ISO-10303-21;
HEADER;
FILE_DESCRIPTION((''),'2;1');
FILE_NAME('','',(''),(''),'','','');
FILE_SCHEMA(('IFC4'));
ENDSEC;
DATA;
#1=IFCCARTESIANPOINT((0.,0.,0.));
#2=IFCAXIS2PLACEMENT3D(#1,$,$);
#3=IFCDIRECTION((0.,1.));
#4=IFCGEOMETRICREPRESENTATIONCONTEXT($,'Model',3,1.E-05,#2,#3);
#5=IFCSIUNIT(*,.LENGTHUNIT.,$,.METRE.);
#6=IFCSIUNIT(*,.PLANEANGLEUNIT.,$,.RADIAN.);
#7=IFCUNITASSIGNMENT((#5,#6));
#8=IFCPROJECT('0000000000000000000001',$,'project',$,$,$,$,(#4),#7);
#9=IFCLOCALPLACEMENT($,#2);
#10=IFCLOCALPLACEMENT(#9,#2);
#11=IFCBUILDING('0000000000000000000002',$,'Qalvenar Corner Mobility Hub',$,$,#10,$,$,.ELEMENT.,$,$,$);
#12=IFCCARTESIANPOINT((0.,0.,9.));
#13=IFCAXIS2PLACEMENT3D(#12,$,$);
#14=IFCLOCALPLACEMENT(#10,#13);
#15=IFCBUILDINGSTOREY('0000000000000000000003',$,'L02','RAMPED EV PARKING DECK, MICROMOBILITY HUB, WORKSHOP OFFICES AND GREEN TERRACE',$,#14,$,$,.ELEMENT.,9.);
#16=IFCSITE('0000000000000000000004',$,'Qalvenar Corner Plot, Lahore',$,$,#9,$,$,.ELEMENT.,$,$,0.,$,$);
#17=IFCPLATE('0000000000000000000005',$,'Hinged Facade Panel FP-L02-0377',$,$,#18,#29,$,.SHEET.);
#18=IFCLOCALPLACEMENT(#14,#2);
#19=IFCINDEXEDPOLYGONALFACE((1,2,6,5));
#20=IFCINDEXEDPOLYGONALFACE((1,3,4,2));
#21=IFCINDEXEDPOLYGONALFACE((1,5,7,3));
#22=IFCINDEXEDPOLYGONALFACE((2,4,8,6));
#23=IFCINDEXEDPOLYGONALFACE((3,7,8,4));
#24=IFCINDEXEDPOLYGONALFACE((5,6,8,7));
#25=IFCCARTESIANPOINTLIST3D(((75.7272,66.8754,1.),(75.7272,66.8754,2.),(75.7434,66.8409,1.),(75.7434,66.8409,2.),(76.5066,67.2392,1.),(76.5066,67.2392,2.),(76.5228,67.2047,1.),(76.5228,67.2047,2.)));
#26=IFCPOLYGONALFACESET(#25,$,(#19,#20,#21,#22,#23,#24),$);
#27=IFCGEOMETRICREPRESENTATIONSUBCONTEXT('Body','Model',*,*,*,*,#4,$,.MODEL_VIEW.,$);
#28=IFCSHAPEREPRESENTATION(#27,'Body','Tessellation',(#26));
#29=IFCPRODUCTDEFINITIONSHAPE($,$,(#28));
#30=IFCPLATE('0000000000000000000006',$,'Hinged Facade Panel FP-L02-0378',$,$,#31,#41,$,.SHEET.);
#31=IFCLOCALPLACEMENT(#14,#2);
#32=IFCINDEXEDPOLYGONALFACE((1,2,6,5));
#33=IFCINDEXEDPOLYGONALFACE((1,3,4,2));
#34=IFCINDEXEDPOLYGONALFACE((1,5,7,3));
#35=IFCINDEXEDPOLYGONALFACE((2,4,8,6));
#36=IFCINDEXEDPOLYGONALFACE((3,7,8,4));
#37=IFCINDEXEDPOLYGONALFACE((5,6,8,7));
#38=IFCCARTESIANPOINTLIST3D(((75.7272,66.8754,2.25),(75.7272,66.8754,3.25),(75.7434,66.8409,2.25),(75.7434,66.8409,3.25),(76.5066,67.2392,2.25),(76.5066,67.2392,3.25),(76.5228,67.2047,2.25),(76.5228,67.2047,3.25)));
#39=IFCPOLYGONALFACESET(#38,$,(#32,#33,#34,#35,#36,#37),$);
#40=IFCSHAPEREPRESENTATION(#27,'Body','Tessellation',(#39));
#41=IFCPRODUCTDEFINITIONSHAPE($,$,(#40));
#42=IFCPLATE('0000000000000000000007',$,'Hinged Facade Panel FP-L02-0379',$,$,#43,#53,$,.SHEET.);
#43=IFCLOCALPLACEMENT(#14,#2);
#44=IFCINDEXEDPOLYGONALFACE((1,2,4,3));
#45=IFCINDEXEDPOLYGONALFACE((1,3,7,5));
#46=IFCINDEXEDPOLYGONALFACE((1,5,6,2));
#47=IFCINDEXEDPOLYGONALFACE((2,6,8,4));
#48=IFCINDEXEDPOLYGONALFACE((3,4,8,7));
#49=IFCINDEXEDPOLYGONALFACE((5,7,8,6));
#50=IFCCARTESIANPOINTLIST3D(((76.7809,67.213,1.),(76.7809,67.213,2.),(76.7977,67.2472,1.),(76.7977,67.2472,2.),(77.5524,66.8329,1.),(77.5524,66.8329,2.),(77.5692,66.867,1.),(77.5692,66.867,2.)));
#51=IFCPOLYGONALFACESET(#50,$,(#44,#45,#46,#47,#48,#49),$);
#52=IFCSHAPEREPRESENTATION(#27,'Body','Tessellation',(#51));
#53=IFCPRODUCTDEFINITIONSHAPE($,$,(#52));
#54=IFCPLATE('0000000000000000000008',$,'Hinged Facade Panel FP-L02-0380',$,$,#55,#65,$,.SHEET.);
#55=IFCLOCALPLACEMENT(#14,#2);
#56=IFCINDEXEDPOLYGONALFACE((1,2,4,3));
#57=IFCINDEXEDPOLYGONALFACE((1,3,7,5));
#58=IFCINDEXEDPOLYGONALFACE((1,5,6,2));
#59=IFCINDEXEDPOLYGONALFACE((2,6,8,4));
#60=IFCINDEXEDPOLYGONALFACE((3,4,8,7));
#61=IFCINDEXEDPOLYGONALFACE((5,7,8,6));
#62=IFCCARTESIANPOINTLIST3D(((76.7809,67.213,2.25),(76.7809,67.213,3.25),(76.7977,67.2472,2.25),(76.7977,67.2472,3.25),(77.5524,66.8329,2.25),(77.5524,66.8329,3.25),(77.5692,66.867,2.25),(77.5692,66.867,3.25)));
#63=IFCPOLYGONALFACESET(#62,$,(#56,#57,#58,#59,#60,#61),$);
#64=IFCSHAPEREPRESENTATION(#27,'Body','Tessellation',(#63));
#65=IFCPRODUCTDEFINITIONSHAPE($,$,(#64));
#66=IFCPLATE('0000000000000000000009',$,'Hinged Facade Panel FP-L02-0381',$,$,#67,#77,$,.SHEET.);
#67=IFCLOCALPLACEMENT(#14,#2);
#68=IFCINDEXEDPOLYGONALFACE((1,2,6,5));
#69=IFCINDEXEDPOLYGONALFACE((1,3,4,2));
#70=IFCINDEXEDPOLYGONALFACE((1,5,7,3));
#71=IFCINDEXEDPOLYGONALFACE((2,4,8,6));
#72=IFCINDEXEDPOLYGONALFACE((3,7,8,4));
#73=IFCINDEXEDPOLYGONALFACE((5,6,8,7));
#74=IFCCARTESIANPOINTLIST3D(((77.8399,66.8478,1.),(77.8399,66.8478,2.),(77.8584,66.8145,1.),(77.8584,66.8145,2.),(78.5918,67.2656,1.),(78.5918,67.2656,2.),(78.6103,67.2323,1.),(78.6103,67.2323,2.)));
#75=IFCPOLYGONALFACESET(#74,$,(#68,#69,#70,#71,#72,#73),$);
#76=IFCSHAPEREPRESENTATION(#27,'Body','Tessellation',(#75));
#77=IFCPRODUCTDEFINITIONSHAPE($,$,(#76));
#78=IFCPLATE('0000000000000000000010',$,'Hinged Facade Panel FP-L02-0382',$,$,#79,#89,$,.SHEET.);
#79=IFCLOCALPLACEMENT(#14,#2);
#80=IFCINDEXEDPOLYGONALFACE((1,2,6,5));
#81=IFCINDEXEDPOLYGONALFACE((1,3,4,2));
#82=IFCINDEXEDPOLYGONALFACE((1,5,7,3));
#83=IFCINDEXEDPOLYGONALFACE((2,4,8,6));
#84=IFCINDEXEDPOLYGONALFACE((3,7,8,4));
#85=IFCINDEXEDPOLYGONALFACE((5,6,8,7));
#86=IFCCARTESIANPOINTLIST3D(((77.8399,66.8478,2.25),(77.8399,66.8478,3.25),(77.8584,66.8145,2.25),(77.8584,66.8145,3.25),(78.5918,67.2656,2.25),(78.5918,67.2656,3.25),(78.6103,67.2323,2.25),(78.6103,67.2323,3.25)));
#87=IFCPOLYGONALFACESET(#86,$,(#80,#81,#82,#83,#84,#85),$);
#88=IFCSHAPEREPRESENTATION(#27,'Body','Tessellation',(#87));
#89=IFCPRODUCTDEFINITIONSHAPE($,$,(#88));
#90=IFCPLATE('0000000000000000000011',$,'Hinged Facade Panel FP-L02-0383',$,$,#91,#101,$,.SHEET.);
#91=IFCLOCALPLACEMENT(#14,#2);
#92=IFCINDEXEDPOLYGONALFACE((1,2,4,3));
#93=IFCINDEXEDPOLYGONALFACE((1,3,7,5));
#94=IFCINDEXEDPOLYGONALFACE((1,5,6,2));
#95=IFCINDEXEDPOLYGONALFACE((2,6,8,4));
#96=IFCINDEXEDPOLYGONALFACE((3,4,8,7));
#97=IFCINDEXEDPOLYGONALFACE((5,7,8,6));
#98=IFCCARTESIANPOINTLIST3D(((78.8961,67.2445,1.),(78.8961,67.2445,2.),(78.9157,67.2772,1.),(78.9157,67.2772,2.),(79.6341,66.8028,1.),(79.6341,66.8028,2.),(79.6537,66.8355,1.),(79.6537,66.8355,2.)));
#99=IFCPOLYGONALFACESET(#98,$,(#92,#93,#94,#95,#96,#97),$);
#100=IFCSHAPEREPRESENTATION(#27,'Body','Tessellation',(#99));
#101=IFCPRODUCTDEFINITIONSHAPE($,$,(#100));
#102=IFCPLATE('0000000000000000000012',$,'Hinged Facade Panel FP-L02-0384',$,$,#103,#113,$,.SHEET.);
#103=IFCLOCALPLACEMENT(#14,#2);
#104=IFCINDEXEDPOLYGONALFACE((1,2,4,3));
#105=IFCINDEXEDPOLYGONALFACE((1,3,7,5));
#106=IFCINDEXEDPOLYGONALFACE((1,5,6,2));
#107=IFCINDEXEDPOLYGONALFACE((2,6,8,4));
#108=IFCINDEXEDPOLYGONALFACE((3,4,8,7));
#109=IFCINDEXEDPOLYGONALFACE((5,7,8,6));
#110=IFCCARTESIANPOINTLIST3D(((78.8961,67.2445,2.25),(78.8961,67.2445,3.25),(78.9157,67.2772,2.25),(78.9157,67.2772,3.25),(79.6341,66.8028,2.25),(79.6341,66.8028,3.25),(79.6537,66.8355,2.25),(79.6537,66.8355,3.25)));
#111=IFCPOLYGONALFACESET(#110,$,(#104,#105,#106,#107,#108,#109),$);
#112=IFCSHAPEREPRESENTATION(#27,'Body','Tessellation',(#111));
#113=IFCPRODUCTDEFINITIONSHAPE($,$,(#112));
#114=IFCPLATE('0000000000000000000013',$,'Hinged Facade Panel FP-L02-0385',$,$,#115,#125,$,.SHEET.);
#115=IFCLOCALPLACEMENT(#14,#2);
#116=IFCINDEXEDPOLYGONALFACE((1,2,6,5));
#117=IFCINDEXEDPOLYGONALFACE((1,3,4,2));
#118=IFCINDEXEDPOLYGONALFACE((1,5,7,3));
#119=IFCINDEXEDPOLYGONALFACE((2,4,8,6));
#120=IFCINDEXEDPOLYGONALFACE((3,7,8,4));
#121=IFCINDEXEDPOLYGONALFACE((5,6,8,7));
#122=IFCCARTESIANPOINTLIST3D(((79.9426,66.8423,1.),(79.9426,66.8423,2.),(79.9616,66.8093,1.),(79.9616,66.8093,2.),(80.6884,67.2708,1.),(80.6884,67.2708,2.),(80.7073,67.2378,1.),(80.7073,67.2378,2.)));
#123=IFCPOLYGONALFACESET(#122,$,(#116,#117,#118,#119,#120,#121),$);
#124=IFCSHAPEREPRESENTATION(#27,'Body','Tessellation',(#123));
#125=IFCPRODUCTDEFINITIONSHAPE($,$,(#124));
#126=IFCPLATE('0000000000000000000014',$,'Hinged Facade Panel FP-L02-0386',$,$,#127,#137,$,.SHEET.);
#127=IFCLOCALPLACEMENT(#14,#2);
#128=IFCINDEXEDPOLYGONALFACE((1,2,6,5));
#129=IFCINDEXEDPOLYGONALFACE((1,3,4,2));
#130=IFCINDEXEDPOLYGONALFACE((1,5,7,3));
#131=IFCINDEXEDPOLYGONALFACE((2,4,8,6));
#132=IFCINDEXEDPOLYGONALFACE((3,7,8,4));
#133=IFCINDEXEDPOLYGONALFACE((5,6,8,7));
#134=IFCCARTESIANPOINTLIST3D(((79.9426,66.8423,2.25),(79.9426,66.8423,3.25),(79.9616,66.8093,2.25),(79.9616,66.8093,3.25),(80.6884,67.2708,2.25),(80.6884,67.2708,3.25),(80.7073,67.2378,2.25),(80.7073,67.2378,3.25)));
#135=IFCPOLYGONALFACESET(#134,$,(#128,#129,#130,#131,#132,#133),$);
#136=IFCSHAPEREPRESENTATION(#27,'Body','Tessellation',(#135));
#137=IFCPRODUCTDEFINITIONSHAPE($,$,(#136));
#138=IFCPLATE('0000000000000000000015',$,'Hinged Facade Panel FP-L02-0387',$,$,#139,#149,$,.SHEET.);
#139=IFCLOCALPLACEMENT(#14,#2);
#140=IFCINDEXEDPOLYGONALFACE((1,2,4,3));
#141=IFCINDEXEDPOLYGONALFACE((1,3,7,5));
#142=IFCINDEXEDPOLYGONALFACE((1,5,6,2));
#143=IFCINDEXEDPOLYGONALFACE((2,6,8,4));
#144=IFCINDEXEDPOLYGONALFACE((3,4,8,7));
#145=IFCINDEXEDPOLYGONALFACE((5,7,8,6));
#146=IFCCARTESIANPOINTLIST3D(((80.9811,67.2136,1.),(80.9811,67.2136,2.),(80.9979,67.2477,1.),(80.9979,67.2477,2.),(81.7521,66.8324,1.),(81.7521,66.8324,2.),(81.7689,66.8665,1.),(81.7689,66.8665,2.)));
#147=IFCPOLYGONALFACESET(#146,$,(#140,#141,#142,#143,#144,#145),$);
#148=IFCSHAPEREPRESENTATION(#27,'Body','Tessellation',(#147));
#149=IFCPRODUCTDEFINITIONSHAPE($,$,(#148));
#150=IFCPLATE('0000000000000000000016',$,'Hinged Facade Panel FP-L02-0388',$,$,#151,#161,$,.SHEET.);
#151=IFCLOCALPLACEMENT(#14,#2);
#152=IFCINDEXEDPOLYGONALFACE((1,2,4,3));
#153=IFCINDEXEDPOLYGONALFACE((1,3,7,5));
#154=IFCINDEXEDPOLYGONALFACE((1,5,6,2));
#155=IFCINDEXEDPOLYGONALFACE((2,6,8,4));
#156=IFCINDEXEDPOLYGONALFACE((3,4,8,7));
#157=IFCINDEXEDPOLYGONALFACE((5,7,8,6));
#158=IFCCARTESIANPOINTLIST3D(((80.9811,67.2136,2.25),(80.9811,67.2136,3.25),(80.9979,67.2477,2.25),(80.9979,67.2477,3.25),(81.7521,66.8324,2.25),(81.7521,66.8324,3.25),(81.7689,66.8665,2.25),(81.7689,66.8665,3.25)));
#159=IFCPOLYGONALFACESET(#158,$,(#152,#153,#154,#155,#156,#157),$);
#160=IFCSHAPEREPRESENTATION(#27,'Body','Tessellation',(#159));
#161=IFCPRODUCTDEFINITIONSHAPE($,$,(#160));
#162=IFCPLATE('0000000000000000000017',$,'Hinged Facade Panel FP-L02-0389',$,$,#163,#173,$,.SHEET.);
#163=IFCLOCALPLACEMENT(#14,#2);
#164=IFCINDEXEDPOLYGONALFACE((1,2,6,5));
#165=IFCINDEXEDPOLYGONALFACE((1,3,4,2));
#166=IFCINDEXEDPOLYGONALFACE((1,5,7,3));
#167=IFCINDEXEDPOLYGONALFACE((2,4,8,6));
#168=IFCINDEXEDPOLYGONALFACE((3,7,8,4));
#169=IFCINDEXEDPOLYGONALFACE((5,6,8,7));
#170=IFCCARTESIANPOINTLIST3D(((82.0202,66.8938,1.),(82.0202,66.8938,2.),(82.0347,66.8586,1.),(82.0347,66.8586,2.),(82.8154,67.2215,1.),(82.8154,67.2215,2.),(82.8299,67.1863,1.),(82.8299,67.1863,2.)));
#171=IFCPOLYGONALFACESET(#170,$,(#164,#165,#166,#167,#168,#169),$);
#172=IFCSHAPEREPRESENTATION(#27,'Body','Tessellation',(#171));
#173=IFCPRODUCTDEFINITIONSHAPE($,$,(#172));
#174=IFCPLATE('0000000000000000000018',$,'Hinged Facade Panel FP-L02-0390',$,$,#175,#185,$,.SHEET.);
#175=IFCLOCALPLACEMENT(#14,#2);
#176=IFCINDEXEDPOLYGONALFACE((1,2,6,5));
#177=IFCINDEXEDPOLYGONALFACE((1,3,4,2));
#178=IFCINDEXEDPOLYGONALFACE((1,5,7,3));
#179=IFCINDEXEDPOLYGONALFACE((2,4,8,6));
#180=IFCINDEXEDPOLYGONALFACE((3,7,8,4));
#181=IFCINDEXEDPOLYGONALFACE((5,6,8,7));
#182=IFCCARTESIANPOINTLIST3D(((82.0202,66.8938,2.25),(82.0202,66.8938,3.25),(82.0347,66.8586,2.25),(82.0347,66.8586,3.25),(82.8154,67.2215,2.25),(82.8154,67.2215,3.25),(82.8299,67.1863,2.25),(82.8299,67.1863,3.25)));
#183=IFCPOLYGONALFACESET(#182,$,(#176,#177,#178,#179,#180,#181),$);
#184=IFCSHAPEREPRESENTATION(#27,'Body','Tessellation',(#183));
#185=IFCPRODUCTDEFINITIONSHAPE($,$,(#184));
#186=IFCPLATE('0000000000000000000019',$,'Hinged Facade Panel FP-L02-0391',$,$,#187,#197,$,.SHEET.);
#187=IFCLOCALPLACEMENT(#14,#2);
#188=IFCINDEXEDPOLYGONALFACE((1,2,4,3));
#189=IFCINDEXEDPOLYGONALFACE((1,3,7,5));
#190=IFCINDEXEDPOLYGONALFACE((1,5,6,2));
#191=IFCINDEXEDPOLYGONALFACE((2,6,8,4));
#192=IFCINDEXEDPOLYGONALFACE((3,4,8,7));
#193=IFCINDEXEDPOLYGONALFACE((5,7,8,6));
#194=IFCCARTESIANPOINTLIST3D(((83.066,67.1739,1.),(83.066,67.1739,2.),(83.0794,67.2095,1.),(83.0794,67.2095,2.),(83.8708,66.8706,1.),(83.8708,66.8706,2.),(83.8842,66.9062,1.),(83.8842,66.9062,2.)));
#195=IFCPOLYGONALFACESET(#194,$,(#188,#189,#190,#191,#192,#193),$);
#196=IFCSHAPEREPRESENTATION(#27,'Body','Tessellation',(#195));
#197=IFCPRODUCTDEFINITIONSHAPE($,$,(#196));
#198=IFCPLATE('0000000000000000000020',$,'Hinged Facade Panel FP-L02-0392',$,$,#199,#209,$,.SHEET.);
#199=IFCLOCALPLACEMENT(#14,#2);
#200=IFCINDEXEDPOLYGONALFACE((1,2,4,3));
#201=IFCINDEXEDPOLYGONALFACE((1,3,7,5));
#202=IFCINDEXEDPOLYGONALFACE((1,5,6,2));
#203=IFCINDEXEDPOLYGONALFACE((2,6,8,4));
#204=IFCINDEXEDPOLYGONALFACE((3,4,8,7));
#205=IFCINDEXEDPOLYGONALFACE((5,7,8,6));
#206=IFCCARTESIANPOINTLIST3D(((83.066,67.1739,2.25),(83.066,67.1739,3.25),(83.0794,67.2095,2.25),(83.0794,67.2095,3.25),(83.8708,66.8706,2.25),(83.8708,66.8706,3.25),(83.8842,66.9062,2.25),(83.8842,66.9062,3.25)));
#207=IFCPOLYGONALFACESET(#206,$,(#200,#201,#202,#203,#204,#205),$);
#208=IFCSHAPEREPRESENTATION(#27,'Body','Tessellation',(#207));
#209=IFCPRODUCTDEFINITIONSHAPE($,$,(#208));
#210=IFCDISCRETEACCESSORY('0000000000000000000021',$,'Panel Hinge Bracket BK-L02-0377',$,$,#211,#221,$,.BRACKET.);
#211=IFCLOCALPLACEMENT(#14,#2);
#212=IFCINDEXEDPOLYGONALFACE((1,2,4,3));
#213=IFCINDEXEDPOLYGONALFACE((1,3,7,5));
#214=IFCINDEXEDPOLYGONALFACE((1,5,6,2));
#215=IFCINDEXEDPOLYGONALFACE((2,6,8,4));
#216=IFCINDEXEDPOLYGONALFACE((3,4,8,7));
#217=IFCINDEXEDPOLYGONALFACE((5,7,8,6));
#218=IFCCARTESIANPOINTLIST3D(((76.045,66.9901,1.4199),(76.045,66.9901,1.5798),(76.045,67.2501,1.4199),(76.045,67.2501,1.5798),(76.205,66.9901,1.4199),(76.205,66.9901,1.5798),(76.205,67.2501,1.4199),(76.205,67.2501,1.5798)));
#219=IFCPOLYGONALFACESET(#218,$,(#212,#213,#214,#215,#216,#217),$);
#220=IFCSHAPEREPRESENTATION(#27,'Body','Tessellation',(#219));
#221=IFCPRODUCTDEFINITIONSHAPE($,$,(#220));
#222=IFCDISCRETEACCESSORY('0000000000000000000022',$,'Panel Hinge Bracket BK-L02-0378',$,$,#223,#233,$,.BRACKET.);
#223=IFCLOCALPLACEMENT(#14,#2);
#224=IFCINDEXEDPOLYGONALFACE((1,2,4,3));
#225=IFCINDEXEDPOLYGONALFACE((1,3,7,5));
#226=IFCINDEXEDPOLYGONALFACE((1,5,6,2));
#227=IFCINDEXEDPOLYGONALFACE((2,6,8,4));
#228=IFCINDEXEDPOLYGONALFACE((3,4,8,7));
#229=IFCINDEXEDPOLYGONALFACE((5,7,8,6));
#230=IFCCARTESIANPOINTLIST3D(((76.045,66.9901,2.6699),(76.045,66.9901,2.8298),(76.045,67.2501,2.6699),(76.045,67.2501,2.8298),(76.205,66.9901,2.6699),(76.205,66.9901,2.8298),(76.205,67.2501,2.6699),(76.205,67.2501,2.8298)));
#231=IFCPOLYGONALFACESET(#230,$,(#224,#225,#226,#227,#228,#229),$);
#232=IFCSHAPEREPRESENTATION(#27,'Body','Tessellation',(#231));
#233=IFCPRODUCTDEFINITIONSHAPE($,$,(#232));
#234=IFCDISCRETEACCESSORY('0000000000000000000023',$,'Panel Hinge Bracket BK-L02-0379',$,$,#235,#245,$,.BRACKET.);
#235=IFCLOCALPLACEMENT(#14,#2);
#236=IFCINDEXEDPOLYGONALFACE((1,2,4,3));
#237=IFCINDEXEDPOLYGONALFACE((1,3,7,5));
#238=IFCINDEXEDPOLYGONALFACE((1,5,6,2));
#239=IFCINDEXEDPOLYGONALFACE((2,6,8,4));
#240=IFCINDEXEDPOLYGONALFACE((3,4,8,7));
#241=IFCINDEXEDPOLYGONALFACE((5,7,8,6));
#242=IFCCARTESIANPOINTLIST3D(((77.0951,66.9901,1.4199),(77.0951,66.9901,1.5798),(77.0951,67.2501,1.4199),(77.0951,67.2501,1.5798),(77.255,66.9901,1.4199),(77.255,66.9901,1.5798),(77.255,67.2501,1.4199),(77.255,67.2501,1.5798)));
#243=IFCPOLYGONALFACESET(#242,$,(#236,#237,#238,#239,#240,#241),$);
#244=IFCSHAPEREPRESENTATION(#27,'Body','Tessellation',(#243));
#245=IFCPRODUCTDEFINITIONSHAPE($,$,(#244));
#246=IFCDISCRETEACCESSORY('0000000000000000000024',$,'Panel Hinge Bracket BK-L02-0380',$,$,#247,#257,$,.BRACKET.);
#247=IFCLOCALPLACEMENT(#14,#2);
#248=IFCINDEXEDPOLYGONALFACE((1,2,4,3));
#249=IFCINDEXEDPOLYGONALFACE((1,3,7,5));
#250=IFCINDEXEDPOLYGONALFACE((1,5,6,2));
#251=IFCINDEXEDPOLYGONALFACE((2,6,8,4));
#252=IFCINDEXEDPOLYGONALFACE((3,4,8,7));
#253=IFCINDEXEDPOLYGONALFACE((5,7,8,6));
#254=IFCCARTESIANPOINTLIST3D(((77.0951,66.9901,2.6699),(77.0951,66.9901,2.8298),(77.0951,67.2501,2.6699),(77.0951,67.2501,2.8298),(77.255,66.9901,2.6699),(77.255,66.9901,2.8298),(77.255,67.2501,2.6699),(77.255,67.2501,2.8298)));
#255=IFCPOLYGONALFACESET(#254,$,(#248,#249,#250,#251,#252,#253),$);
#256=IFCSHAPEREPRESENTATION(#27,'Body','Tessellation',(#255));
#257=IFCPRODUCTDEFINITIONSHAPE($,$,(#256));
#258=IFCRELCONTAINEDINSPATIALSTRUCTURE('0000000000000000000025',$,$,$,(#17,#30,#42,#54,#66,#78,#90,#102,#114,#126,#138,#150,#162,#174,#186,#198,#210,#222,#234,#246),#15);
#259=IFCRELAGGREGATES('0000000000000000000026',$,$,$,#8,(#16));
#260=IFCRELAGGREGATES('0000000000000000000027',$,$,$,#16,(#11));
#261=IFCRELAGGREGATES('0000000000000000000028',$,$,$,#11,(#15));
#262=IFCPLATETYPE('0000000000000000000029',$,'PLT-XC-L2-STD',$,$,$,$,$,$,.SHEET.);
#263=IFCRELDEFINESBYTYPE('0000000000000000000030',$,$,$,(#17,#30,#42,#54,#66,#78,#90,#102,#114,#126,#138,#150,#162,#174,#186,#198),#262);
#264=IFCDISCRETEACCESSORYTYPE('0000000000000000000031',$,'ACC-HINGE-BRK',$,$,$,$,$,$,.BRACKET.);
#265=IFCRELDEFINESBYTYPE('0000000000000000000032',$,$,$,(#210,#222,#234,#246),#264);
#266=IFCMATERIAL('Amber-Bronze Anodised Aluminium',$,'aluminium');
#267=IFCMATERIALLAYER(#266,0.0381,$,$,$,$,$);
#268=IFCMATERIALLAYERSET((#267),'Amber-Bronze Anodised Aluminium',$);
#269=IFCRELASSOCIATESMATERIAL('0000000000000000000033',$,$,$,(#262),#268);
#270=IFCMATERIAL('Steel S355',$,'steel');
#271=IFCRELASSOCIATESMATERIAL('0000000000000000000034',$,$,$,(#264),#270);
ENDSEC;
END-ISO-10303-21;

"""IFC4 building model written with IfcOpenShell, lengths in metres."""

from ifc_helpers import new_model, si_unit, direction, frame, origin, origin_2d, place, context, subcontext, project, spatial, rectangle, extrude, material, layer, layer_set, type_object, element, save


model = new_model("IFC4")

# Units and contexts
model_context = context("Model", 3, precision=1e-05, world=origin(), true_north=direction((0.0, 1.0)))
body_context = subcontext(model_context, "Body", "Model", "MODEL_VIEW")
ifc_project = project(units=[si_unit("LENGTHUNIT", "METRE"), si_unit("PLANEANGLEUNIT", "RADIAN")], contexts=[model_context])

# Site, building, storey
site_placement = place(None, origin())
site = spatial("IfcSite", under=ifc_project, at=site_placement, Name="Qalvenar Corner Plot, Lahore", CompositionType="ELEMENT", RefElevation=0.0)
building_placement = place(site_placement, origin())
building = spatial("IfcBuilding", under=site, at=building_placement, Name="Qalvenar Corner Mobility Hub", CompositionType="ELEMENT")
storey_placement = place(building_placement, frame((0.0, 0.0, 9.0)))
storey = spatial("IfcBuildingStorey", under=building, at=storey_placement, Name="L02", Description="RAMPED EV PARKING DECK, MICROMOBILITY HUB, WORKSHOP OFFICES AND GREEN TERRACE", CompositionType="ELEMENT", Elevation=9.0)

# Plates
ifc_material_1 = material(Name="Amber-Bronze Anodised Aluminium", Category="aluminium")
ifc_layer = layer(ifc_material_1, 0.0381)
ifc_layer_set = layer_set([ifc_layer], Name="Amber-Bronze Anodised Aluminium")
plate_type = type_object("IfcPlateType", Name="PLT-XC-L2-STD", PredefinedType="SHEET", material=ifc_layer_set)
for number, where, z_axis, x_axis, name in (
    (1, (76.125, 67.04, 1.0), (0.0, 0.0, 1.0), (0.90616, 0.422935, 0.0), "Hinged Facade Panel FP-L02-0377"),
    (2, (76.125, 67.04, 2.25), (0.0, 0.0, 1.0), (0.90616, 0.422935, 0.0), "Hinged Facade Panel FP-L02-0378"),
    (3, (77.175, 67.04, 1.0), (0.0, 0.0, 1.0), (0.897027, -0.441976, 0.0), "Hinged Facade Panel FP-L02-0379"),
    (4, (77.175, 67.04, 2.25), (0.0, 0.0, 1.0), (0.897027, -0.441976, 0.0), "Hinged Facade Panel FP-L02-0380"),
    (5, (78.2251, 67.04, 1.0), (0.0, 0.0, 1.0), (0.874112, 0.485725, 0.0), "Hinged Facade Panel FP-L02-0381"),
    (6, (78.2251, 67.04, 2.25), (0.0, 0.0, 1.0), (0.874112, 0.485725, 0.0), "Hinged Facade Panel FP-L02-0382"),
    (7, (79.2749, 67.04, 1.0), (0.0, 0.0, 1.0), (0.858065, -0.513541, 0.0), "Hinged Facade Panel FP-L02-0383"),
    (8, (79.2749, 67.04, 2.25), (0.0, 0.0, 1.0), (0.858065, -0.513541, 0.0), "Hinged Facade Panel FP-L02-0384"),
    (9, (80.325, 67.04, 1.0), (0.0, 0.0, 1.0), (0.867071, 0.498185, 0.0), "Hinged Facade Panel FP-L02-0385"),
    (10, (80.325, 67.04, 2.25), (0.0, 0.0, 1.0), (0.867071, 0.498185, 0.0), "Hinged Facade Panel FP-L02-0386"),
    (11, (81.375, 67.04, 1.0), (0.0, 0.0, 1.0), (0.896409, -0.443228, 0.0), "Hinged Facade Panel FP-L02-0387"),
    (12, (81.375, 67.04, 2.25), (0.0, 0.0, 1.0), (0.896409, -0.443228, 0.0), "Hinged Facade Panel FP-L02-0388"),
    (13, (82.425, 67.04, 1.0), (0.0, 0.0, 1.0), (0.924546, 0.38107, 0.0), "Hinged Facade Panel FP-L02-0389"),
    (14, (82.425, 67.04, 2.25), (0.0, 0.0, 1.0), (0.924546, 0.38107, 0.0), "Hinged Facade Panel FP-L02-0390"),
    (15, (83.4751, 67.04, 1.0), (0.0, 0.0, 1.0), (0.935752, -0.352658, 0.0), "Hinged Facade Panel FP-L02-0391"),
    (16, (83.4751, 67.04, 2.25), (0.0, 0.0, 1.0), (0.935752, -0.352658, 0.0), "Hinged Facade Panel FP-L02-0392"),
):
    element("IfcPlate", number, at=place(storey_placement, frame(where, z_axis=z_axis, x_axis=x_axis)), inside=storey, type_object=plate_type, Name=name, PredefinedType="SHEET", context=body_context, shape_type="SweptSolid", body=[
        extrude(rectangle(XDim=0.8601, YDim=0.0381, at=origin_2d()), origin(), (0.0, 0.0, 1.0), 1.0),
    ])

# Discrete accessories
ifc_material_2 = material(Name="Steel S355", Category="steel")
discrete_accessory_type = type_object("IfcDiscreteAccessoryType", Name="ACC-HINGE-BRK", PredefinedType="BRACKET", material=ifc_material_2)
for number, where, z_axis, x_axis, name in (
    (17, (76.125, 67.1201, 1.4199), (0.0, 0.0, 1.0), (1.0, 0.0, 0.0), "Panel Hinge Bracket BK-L02-0377"),
    (18, (76.125, 67.1201, 2.6699), (0.0, 0.0, 1.0), (1.0, 0.0, 0.0), "Panel Hinge Bracket BK-L02-0378"),
    (19, (77.175, 67.1201, 1.4199), (0.0, 0.0, 1.0), (1.0, 0.0, 0.0), "Panel Hinge Bracket BK-L02-0379"),
    (20, (77.175, 67.1201, 2.6699), (0.0, 0.0, 1.0), (1.0, 0.0, 0.0), "Panel Hinge Bracket BK-L02-0380"),
):
    element("IfcDiscreteAccessory", number, at=place(storey_placement, frame(where, z_axis=z_axis, x_axis=x_axis)), inside=storey, type_object=discrete_accessory_type, Name=name, PredefinedType="BRACKET", context=body_context, shape_type="SweptSolid", body=[
        extrude(rectangle(XDim=0.1599, YDim=0.26, at=origin_2d()), origin(), (0.0, 0.0, 1.0), 0.1599),
    ])

save(model, "model.ifc")
